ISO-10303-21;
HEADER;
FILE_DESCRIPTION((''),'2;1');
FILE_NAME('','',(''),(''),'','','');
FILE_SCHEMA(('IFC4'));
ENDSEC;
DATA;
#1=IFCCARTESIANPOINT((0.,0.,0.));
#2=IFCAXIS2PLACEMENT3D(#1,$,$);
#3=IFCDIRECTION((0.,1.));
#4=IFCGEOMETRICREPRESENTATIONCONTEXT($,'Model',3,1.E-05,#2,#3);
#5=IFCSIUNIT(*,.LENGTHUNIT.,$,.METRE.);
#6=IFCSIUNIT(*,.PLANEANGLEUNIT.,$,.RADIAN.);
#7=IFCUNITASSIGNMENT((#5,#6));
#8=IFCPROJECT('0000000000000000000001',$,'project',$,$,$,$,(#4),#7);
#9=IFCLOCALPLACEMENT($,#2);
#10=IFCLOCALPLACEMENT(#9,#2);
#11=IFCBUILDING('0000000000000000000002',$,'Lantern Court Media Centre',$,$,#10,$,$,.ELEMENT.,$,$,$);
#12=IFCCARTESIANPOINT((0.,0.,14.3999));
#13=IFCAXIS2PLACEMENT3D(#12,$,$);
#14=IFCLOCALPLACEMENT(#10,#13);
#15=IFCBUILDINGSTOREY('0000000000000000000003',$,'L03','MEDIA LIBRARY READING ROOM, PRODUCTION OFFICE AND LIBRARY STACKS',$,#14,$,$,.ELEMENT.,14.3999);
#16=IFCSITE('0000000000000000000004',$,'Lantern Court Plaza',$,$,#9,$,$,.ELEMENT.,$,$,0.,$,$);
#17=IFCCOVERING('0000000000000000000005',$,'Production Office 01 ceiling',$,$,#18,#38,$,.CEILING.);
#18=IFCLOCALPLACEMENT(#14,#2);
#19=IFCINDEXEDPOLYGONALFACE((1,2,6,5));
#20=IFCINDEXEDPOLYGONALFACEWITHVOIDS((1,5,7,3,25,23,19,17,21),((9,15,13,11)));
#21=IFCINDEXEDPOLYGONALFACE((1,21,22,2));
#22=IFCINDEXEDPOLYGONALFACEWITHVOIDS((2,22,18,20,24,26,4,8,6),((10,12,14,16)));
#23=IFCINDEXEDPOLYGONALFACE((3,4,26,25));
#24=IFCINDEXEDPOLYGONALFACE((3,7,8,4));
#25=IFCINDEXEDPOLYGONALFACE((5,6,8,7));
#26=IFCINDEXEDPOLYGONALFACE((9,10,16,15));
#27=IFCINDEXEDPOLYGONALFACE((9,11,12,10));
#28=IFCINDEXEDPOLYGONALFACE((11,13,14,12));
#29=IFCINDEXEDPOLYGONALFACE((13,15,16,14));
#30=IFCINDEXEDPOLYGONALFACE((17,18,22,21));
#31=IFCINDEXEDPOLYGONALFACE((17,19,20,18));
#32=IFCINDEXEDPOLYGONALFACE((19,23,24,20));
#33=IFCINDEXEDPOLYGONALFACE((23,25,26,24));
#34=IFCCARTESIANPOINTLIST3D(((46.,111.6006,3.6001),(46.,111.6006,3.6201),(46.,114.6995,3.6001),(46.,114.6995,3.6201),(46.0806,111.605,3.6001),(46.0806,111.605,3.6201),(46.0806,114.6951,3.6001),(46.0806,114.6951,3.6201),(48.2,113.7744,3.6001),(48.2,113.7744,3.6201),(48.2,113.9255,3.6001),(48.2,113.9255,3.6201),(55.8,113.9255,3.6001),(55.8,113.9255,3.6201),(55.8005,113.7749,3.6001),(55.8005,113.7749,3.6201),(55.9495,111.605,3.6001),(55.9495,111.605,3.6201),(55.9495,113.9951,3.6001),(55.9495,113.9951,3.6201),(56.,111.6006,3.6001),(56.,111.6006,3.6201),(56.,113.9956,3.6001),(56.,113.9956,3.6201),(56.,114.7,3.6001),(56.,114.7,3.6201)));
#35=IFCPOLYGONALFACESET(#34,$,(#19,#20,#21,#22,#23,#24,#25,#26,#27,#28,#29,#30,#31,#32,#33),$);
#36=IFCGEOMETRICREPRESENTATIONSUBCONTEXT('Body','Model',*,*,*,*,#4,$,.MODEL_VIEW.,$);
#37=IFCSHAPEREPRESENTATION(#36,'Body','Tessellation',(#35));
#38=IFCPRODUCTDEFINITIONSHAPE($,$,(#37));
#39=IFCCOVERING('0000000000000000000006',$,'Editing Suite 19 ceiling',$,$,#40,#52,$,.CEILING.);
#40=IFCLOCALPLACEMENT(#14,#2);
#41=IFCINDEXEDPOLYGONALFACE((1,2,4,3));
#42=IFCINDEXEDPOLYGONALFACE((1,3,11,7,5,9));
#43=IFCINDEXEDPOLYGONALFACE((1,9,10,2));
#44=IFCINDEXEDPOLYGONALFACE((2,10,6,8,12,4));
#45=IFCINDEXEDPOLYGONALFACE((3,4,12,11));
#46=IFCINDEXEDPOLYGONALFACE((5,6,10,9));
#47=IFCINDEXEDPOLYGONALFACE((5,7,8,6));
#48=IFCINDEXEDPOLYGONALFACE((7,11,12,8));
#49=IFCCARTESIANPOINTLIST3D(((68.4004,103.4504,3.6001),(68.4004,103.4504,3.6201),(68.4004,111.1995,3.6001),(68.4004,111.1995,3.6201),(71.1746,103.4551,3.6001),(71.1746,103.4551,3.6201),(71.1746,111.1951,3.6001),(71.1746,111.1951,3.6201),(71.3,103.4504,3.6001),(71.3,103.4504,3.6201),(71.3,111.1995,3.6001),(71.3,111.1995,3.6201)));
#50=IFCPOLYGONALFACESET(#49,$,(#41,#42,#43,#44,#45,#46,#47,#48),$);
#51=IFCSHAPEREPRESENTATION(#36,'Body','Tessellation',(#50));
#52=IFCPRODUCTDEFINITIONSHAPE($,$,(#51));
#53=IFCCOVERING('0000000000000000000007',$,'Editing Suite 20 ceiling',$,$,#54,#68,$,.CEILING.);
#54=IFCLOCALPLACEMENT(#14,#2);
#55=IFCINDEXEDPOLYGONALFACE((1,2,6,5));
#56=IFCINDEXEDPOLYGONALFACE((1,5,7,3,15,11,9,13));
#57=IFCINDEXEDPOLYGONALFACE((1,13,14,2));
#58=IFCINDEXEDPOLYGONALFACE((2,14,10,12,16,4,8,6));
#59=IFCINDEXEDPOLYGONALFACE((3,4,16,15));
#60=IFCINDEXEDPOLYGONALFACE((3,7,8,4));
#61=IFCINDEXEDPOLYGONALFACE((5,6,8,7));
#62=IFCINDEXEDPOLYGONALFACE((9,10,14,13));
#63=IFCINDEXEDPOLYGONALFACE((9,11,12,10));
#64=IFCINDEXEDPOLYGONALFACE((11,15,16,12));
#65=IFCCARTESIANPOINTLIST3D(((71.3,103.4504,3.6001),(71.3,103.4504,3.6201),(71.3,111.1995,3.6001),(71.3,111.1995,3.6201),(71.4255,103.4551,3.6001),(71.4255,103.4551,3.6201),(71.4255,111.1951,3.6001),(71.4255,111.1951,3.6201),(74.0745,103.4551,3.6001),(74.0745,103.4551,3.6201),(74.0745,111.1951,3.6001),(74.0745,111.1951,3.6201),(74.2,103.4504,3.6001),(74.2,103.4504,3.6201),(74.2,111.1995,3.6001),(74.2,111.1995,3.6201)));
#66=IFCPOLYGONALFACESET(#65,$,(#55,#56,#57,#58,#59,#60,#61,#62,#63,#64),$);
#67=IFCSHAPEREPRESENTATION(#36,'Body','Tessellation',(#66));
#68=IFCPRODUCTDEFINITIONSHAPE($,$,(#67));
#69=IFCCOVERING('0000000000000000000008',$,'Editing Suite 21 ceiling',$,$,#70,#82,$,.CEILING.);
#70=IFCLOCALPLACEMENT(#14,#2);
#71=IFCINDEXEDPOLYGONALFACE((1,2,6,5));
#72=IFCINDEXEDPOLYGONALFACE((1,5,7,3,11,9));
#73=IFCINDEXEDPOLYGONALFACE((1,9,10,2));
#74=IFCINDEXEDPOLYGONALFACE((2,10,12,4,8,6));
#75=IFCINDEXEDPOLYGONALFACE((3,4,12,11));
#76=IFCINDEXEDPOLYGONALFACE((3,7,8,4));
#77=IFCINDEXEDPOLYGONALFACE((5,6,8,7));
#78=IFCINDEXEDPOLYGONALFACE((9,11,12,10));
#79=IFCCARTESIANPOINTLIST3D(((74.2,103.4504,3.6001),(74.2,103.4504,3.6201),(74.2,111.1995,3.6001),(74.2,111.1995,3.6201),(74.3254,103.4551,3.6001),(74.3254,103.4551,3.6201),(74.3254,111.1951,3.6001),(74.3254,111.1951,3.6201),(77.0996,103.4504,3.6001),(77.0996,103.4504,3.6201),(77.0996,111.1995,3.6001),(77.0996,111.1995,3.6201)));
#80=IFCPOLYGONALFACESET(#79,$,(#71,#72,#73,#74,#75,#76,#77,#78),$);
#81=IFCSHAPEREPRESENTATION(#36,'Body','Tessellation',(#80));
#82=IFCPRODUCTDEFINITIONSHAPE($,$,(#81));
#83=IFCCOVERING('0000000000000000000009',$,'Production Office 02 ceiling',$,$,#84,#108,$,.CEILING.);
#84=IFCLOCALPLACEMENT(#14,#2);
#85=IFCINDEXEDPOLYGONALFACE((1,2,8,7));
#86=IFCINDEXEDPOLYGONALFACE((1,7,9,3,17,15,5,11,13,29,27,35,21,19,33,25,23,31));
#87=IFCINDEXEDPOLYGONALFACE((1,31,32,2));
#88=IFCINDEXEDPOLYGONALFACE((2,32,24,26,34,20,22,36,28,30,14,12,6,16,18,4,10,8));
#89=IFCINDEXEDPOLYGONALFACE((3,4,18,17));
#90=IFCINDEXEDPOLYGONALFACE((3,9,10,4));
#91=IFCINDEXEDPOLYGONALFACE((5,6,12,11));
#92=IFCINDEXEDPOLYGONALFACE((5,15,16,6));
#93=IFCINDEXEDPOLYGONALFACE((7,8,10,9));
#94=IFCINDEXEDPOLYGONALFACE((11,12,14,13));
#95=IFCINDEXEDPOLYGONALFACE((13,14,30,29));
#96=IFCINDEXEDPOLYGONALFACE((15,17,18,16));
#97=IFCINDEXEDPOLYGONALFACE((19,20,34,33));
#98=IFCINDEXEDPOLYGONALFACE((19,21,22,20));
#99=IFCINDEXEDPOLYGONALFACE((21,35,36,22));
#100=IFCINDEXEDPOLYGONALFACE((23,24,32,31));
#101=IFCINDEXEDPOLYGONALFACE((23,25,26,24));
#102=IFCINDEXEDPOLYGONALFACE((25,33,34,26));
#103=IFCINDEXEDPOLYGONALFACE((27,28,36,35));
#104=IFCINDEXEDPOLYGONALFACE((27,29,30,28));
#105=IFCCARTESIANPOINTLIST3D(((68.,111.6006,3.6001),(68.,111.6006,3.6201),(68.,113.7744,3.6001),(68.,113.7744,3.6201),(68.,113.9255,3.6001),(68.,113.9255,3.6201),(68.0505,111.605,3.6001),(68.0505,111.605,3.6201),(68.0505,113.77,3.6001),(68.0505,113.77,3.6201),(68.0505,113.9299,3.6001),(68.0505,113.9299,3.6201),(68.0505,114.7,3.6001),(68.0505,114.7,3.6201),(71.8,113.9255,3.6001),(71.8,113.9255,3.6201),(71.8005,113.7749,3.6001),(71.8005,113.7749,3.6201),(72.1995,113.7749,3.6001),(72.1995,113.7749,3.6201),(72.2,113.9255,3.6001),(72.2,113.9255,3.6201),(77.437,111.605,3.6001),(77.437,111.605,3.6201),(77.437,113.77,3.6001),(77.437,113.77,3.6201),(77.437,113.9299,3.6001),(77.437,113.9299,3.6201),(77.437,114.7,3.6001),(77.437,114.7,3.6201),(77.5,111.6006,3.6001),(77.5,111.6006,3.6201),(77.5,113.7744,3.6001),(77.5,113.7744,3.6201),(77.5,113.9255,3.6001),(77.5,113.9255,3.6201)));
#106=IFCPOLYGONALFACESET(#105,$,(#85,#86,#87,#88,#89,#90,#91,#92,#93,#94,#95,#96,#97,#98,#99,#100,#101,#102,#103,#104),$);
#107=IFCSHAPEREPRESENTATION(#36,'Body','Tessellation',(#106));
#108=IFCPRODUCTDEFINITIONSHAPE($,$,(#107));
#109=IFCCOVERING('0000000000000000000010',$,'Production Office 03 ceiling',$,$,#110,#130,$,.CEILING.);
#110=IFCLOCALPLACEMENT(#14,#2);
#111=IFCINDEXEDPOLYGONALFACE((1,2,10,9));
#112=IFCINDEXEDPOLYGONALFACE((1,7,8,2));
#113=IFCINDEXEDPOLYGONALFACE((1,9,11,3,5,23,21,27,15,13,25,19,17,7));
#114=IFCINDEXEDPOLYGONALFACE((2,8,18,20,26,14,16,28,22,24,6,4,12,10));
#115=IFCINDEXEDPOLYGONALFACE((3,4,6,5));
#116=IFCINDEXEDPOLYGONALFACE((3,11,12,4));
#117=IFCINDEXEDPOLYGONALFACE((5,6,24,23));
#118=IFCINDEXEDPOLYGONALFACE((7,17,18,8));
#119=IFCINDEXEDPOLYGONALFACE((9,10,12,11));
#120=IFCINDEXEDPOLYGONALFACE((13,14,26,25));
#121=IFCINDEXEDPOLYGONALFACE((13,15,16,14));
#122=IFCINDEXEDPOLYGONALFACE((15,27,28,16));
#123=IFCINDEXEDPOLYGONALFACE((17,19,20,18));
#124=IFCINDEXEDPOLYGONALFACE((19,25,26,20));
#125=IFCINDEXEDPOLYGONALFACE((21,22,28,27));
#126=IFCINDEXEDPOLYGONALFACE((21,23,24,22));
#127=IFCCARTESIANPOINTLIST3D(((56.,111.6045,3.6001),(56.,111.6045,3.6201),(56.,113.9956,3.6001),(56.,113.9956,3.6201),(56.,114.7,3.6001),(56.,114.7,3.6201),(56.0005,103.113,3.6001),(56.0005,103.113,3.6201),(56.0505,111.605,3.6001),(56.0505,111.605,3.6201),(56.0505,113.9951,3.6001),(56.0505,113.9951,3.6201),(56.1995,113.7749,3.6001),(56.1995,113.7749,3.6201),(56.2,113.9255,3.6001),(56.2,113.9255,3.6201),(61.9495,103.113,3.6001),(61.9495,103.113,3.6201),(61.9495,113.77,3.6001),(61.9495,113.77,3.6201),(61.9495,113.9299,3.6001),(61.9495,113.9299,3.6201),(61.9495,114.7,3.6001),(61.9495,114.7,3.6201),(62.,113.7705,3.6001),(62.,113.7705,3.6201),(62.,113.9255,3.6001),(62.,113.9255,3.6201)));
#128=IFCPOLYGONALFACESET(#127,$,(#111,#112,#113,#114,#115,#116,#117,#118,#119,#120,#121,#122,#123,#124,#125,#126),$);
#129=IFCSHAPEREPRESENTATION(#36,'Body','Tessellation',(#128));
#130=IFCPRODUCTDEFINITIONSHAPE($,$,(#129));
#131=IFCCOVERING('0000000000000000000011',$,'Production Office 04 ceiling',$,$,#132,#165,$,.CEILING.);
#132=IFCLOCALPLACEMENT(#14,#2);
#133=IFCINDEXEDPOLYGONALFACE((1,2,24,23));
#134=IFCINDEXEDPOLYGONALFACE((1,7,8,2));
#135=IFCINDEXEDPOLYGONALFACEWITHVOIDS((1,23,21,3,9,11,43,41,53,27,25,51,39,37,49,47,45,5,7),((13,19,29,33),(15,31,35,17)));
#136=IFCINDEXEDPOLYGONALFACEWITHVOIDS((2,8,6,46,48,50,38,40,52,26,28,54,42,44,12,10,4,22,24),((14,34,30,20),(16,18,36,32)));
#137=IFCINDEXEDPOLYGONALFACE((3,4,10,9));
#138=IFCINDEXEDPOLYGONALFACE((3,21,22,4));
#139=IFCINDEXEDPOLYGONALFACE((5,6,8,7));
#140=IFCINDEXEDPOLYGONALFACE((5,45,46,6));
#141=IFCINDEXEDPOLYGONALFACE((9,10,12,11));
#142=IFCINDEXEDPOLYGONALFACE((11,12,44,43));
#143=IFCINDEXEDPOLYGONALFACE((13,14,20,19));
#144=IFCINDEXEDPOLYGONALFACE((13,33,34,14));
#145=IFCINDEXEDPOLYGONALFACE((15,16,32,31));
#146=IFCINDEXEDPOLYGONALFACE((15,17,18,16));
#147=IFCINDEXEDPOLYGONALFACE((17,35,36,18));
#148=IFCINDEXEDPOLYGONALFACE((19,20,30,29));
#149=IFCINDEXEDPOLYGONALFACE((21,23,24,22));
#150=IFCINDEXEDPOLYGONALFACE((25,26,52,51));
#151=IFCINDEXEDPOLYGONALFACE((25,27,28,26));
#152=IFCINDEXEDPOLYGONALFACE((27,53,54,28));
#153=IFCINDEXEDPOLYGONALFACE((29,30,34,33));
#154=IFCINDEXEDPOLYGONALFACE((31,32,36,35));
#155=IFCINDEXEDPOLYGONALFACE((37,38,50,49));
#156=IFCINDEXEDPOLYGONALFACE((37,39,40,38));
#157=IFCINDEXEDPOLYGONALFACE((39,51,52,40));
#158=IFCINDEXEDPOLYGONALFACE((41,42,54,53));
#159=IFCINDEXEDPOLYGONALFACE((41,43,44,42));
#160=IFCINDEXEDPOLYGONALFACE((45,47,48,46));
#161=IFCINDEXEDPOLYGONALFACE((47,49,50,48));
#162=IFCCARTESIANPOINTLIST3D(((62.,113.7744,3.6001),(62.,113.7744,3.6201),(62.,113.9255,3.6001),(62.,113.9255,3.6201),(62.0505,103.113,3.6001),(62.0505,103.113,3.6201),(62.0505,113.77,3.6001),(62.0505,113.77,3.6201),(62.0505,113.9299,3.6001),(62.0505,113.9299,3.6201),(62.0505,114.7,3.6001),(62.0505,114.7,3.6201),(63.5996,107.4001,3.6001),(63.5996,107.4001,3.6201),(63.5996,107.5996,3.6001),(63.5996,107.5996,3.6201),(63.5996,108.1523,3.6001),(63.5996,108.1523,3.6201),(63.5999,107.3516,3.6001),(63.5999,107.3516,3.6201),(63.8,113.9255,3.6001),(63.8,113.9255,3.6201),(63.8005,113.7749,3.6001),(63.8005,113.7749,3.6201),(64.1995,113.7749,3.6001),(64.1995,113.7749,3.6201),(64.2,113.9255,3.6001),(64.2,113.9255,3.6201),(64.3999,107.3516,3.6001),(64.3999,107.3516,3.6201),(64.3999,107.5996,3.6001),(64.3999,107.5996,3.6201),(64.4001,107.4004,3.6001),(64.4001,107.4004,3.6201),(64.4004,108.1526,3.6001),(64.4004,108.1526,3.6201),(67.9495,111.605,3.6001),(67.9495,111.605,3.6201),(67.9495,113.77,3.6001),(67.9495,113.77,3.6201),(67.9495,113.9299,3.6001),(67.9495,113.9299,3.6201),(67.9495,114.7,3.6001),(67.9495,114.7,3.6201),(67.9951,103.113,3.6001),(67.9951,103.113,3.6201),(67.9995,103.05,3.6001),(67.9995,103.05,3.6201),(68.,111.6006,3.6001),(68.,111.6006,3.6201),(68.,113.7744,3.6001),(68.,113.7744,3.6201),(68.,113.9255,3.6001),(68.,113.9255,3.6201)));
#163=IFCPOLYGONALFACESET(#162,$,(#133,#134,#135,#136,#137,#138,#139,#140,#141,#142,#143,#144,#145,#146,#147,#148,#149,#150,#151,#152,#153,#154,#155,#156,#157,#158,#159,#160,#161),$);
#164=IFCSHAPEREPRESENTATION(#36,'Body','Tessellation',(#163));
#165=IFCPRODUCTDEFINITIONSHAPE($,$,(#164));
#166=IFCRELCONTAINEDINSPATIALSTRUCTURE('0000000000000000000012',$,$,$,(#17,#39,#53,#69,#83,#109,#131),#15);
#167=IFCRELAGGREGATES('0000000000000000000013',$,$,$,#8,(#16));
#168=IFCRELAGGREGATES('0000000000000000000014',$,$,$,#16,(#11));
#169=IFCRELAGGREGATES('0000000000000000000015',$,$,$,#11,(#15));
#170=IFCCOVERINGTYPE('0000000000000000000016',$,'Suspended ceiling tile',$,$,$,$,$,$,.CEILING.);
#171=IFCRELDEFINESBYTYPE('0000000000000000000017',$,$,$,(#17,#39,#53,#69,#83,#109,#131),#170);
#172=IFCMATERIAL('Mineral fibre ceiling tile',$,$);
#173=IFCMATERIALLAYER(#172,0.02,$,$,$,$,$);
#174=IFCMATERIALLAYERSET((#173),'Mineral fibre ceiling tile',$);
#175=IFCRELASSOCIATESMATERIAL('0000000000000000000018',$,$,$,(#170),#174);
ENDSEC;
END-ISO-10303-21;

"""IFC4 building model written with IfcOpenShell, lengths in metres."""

from ifc_helpers import new_model, si_unit, direction, frame, origin, place, context, subcontext, project, spatial, polyline, outline, extrude, material, layer, layer_set, type_object, element, save


model = new_model("IFC4")

# Units and contexts
model_context = context("Model", 3, precision=1e-05, world=origin(), true_north=direction((0.0, 1.0)))
body_context = subcontext(model_context, "Body", "Model", "MODEL_VIEW")
ifc_project = project(units=[si_unit("LENGTHUNIT", "METRE"), si_unit("PLANEANGLEUNIT", "RADIAN")], contexts=[model_context])

# Site, building, storey
site_placement = place(None, origin())
site = spatial("IfcSite", under=ifc_project, at=site_placement, Name="Lantern Court Plaza", CompositionType="ELEMENT", RefElevation=0.0)
building_placement = place(site_placement, origin())
building = spatial("IfcBuilding", under=site, at=building_placement, Name="Lantern Court Media Centre", CompositionType="ELEMENT")
storey_placement = place(building_placement, frame((0.0, 0.0, 14.3999)))
storey = spatial("IfcBuildingStorey", under=building, at=storey_placement, Name="L03", Description="MEDIA LIBRARY READING ROOM, PRODUCTION OFFICE AND LIBRARY STACKS", CompositionType="ELEMENT", Elevation=14.3999)

# Coverings
ifc_material_1 = material(Name="Mineral fibre ceiling tile")
ifc_layer_1 = layer(ifc_material_1, 0.02)
ifc_layer_set_1 = layer_set([ifc_layer_1], Name="Mineral fibre ceiling tile")
covering_type_1 = type_object("IfcCoveringType", Name="Suspended ceiling tile", PredefinedType="CEILING", material=ifc_layer_set_1)
covering_1_placement = place(storey_placement, frame((0.0, 0.0, 3.6001)))
element("IfcCovering", 1, at=covering_1_placement, inside=storey, type_object=covering_type_1, Name="Production Office 01 ceiling", PredefinedType="CEILING", context=body_context, shape_type="SweptSolid", body=[
    extrude(outline(polyline([(56.0, 111.6006), (46.0, 111.6006), (46.0806, 111.605), (46.0806, 114.6951), (46.0, 114.6995), (56.0, 114.7), (56.0, 113.9956), (55.9495, 113.9951), (55.9495, 111.605), (56.0, 111.6006)]), holes=[polyline([(48.2, 113.9255), (48.2, 113.7744), (55.8005, 113.7749), (55.8, 113.9255), (48.2, 113.9255)])]), origin(), (0.0, 0.0, 1.0), 0.02),
])
covering_2_placement = place(storey_placement, frame((0.0, 0.0, 3.6001)))
element("IfcCovering", 2, at=covering_2_placement, inside=storey, type_object=covering_type_1, Name="Editing Suite 19 ceiling", PredefinedType="CEILING", context=body_context, shape_type="SweptSolid", body=[
    extrude(outline(polyline([(71.3, 103.4504), (68.4004, 103.4504), (68.4004, 111.1995), (71.3, 111.1995), (71.1746, 111.1951), (71.1746, 103.4551), (71.3, 103.4504)])), origin(), (0.0, 0.0, 1.0), 0.02),
])
covering_3_placement = place(storey_placement, frame((0.0, 0.0, 3.6001)))
element("IfcCovering", 3, at=covering_3_placement, inside=storey, type_object=covering_type_1, Name="Editing Suite 20 ceiling", PredefinedType="CEILING", context=body_context, shape_type="SweptSolid", body=[
    extrude(outline(polyline([(74.2, 103.4504), (71.3, 103.4504), (71.4255, 103.4551), (71.4255, 111.1951), (71.3, 111.1995), (74.2, 111.1995), (74.0745, 111.1951), (74.0745, 103.4551), (74.2, 103.4504)])), origin(), (0.0, 0.0, 1.0), 0.02),
])
covering_4_placement = place(storey_placement, frame((0.0, 0.0, 3.6001)))
element("IfcCovering", 4, at=covering_4_placement, inside=storey, type_object=covering_type_1, Name="Editing Suite 21 ceiling", PredefinedType="CEILING", context=body_context, shape_type="SweptSolid", body=[
    extrude(outline(polyline([(74.2, 111.1995), (77.0996, 111.1995), (77.0996, 103.4504), (74.2, 103.4504), (74.3254, 103.4551), (74.3254, 111.1951), (74.2, 111.1995)])), origin(), (0.0, 0.0, 1.0), 0.02),
])
covering_5_placement = place(storey_placement, frame((0.0, 0.0, 3.6001)))
element("IfcCovering", 5, at=covering_5_placement, inside=storey, type_object=covering_type_1, Name="Production Office 02 ceiling", PredefinedType="CEILING", context=body_context, shape_type="SweptSolid", body=[
    extrude(outline(polyline([(77.5, 111.6006), (68.0, 111.6006), (68.0505, 111.605), (68.0505, 113.77), (68.0, 113.7744), (71.8005, 113.7749), (71.8, 113.9255), (68.0, 113.9255), (68.0505, 113.9299), (68.0505, 114.7), (77.437, 114.7), (77.437, 113.9299), (77.5, 113.9255), (72.2, 113.9255), (72.1995, 113.7749), (77.5, 113.7744), (77.437, 113.77), (77.437, 111.605), (77.5, 111.6006)])), origin(), (0.0, 0.0, 1.0), 0.02),
])
covering_6_placement = place(storey_placement, frame((0.0, 0.0, 3.6001)))
element("IfcCovering", 6, at=covering_6_placement, inside=storey, type_object=covering_type_1, Name="Production Office 03 ceiling", PredefinedType="CEILING", context=body_context, shape_type="SweptSolid", body=[
    extrude(outline(polyline([(62.0, 113.7705), (61.9495, 113.77), (61.9495, 103.113), (56.0005, 103.113), (56.0, 111.6045), (56.0505, 111.605), (56.0505, 113.9951), (56.0, 113.9956), (56.0, 114.7), (61.9495, 114.7), (61.9495, 113.9299), (62.0, 113.9255), (56.2, 113.9255), (56.1995, 113.7749), (62.0, 113.7705)])), origin(), (0.0, 0.0, 1.0), 0.02),
])
covering_7_placement = place(storey_placement, frame((0.0, 0.0, 3.6001)))
element("IfcCovering", 7, at=covering_7_placement, inside=storey, type_object=covering_type_1, Name="Production Office 04 ceiling", PredefinedType="CEILING", context=body_context, shape_type="SweptSolid", body=[
    extrude(outline(polyline([(68.0, 111.6006), (67.9995, 103.05), (67.9951, 103.113), (62.0505, 103.113), (62.0505, 113.77), (62.0, 113.7744), (63.8005, 113.7749), (63.8, 113.9255), (62.0, 113.9255), (62.0505, 113.9299), (62.0505, 114.7), (67.9495, 114.7), (67.9495, 113.9299), (68.0, 113.9255), (64.2, 113.9255), (64.1995, 113.7749), (68.0, 113.7744), (67.9495, 113.77), (67.9495, 111.605), (68.0, 111.6006)]), holes=[polyline([(64.3999, 107.5996), (64.4004, 108.1526), (63.5996, 108.1523), (63.5996, 107.5996), (64.3999, 107.5996)]), polyline([(64.3999, 107.3516), (64.4001, 107.4004), (63.5996, 107.4001), (63.5999, 107.3516), (64.3999, 107.3516)])]), origin(), (0.0, 0.0, 1.0), 0.02),
])

save(model, "model.ifc")
